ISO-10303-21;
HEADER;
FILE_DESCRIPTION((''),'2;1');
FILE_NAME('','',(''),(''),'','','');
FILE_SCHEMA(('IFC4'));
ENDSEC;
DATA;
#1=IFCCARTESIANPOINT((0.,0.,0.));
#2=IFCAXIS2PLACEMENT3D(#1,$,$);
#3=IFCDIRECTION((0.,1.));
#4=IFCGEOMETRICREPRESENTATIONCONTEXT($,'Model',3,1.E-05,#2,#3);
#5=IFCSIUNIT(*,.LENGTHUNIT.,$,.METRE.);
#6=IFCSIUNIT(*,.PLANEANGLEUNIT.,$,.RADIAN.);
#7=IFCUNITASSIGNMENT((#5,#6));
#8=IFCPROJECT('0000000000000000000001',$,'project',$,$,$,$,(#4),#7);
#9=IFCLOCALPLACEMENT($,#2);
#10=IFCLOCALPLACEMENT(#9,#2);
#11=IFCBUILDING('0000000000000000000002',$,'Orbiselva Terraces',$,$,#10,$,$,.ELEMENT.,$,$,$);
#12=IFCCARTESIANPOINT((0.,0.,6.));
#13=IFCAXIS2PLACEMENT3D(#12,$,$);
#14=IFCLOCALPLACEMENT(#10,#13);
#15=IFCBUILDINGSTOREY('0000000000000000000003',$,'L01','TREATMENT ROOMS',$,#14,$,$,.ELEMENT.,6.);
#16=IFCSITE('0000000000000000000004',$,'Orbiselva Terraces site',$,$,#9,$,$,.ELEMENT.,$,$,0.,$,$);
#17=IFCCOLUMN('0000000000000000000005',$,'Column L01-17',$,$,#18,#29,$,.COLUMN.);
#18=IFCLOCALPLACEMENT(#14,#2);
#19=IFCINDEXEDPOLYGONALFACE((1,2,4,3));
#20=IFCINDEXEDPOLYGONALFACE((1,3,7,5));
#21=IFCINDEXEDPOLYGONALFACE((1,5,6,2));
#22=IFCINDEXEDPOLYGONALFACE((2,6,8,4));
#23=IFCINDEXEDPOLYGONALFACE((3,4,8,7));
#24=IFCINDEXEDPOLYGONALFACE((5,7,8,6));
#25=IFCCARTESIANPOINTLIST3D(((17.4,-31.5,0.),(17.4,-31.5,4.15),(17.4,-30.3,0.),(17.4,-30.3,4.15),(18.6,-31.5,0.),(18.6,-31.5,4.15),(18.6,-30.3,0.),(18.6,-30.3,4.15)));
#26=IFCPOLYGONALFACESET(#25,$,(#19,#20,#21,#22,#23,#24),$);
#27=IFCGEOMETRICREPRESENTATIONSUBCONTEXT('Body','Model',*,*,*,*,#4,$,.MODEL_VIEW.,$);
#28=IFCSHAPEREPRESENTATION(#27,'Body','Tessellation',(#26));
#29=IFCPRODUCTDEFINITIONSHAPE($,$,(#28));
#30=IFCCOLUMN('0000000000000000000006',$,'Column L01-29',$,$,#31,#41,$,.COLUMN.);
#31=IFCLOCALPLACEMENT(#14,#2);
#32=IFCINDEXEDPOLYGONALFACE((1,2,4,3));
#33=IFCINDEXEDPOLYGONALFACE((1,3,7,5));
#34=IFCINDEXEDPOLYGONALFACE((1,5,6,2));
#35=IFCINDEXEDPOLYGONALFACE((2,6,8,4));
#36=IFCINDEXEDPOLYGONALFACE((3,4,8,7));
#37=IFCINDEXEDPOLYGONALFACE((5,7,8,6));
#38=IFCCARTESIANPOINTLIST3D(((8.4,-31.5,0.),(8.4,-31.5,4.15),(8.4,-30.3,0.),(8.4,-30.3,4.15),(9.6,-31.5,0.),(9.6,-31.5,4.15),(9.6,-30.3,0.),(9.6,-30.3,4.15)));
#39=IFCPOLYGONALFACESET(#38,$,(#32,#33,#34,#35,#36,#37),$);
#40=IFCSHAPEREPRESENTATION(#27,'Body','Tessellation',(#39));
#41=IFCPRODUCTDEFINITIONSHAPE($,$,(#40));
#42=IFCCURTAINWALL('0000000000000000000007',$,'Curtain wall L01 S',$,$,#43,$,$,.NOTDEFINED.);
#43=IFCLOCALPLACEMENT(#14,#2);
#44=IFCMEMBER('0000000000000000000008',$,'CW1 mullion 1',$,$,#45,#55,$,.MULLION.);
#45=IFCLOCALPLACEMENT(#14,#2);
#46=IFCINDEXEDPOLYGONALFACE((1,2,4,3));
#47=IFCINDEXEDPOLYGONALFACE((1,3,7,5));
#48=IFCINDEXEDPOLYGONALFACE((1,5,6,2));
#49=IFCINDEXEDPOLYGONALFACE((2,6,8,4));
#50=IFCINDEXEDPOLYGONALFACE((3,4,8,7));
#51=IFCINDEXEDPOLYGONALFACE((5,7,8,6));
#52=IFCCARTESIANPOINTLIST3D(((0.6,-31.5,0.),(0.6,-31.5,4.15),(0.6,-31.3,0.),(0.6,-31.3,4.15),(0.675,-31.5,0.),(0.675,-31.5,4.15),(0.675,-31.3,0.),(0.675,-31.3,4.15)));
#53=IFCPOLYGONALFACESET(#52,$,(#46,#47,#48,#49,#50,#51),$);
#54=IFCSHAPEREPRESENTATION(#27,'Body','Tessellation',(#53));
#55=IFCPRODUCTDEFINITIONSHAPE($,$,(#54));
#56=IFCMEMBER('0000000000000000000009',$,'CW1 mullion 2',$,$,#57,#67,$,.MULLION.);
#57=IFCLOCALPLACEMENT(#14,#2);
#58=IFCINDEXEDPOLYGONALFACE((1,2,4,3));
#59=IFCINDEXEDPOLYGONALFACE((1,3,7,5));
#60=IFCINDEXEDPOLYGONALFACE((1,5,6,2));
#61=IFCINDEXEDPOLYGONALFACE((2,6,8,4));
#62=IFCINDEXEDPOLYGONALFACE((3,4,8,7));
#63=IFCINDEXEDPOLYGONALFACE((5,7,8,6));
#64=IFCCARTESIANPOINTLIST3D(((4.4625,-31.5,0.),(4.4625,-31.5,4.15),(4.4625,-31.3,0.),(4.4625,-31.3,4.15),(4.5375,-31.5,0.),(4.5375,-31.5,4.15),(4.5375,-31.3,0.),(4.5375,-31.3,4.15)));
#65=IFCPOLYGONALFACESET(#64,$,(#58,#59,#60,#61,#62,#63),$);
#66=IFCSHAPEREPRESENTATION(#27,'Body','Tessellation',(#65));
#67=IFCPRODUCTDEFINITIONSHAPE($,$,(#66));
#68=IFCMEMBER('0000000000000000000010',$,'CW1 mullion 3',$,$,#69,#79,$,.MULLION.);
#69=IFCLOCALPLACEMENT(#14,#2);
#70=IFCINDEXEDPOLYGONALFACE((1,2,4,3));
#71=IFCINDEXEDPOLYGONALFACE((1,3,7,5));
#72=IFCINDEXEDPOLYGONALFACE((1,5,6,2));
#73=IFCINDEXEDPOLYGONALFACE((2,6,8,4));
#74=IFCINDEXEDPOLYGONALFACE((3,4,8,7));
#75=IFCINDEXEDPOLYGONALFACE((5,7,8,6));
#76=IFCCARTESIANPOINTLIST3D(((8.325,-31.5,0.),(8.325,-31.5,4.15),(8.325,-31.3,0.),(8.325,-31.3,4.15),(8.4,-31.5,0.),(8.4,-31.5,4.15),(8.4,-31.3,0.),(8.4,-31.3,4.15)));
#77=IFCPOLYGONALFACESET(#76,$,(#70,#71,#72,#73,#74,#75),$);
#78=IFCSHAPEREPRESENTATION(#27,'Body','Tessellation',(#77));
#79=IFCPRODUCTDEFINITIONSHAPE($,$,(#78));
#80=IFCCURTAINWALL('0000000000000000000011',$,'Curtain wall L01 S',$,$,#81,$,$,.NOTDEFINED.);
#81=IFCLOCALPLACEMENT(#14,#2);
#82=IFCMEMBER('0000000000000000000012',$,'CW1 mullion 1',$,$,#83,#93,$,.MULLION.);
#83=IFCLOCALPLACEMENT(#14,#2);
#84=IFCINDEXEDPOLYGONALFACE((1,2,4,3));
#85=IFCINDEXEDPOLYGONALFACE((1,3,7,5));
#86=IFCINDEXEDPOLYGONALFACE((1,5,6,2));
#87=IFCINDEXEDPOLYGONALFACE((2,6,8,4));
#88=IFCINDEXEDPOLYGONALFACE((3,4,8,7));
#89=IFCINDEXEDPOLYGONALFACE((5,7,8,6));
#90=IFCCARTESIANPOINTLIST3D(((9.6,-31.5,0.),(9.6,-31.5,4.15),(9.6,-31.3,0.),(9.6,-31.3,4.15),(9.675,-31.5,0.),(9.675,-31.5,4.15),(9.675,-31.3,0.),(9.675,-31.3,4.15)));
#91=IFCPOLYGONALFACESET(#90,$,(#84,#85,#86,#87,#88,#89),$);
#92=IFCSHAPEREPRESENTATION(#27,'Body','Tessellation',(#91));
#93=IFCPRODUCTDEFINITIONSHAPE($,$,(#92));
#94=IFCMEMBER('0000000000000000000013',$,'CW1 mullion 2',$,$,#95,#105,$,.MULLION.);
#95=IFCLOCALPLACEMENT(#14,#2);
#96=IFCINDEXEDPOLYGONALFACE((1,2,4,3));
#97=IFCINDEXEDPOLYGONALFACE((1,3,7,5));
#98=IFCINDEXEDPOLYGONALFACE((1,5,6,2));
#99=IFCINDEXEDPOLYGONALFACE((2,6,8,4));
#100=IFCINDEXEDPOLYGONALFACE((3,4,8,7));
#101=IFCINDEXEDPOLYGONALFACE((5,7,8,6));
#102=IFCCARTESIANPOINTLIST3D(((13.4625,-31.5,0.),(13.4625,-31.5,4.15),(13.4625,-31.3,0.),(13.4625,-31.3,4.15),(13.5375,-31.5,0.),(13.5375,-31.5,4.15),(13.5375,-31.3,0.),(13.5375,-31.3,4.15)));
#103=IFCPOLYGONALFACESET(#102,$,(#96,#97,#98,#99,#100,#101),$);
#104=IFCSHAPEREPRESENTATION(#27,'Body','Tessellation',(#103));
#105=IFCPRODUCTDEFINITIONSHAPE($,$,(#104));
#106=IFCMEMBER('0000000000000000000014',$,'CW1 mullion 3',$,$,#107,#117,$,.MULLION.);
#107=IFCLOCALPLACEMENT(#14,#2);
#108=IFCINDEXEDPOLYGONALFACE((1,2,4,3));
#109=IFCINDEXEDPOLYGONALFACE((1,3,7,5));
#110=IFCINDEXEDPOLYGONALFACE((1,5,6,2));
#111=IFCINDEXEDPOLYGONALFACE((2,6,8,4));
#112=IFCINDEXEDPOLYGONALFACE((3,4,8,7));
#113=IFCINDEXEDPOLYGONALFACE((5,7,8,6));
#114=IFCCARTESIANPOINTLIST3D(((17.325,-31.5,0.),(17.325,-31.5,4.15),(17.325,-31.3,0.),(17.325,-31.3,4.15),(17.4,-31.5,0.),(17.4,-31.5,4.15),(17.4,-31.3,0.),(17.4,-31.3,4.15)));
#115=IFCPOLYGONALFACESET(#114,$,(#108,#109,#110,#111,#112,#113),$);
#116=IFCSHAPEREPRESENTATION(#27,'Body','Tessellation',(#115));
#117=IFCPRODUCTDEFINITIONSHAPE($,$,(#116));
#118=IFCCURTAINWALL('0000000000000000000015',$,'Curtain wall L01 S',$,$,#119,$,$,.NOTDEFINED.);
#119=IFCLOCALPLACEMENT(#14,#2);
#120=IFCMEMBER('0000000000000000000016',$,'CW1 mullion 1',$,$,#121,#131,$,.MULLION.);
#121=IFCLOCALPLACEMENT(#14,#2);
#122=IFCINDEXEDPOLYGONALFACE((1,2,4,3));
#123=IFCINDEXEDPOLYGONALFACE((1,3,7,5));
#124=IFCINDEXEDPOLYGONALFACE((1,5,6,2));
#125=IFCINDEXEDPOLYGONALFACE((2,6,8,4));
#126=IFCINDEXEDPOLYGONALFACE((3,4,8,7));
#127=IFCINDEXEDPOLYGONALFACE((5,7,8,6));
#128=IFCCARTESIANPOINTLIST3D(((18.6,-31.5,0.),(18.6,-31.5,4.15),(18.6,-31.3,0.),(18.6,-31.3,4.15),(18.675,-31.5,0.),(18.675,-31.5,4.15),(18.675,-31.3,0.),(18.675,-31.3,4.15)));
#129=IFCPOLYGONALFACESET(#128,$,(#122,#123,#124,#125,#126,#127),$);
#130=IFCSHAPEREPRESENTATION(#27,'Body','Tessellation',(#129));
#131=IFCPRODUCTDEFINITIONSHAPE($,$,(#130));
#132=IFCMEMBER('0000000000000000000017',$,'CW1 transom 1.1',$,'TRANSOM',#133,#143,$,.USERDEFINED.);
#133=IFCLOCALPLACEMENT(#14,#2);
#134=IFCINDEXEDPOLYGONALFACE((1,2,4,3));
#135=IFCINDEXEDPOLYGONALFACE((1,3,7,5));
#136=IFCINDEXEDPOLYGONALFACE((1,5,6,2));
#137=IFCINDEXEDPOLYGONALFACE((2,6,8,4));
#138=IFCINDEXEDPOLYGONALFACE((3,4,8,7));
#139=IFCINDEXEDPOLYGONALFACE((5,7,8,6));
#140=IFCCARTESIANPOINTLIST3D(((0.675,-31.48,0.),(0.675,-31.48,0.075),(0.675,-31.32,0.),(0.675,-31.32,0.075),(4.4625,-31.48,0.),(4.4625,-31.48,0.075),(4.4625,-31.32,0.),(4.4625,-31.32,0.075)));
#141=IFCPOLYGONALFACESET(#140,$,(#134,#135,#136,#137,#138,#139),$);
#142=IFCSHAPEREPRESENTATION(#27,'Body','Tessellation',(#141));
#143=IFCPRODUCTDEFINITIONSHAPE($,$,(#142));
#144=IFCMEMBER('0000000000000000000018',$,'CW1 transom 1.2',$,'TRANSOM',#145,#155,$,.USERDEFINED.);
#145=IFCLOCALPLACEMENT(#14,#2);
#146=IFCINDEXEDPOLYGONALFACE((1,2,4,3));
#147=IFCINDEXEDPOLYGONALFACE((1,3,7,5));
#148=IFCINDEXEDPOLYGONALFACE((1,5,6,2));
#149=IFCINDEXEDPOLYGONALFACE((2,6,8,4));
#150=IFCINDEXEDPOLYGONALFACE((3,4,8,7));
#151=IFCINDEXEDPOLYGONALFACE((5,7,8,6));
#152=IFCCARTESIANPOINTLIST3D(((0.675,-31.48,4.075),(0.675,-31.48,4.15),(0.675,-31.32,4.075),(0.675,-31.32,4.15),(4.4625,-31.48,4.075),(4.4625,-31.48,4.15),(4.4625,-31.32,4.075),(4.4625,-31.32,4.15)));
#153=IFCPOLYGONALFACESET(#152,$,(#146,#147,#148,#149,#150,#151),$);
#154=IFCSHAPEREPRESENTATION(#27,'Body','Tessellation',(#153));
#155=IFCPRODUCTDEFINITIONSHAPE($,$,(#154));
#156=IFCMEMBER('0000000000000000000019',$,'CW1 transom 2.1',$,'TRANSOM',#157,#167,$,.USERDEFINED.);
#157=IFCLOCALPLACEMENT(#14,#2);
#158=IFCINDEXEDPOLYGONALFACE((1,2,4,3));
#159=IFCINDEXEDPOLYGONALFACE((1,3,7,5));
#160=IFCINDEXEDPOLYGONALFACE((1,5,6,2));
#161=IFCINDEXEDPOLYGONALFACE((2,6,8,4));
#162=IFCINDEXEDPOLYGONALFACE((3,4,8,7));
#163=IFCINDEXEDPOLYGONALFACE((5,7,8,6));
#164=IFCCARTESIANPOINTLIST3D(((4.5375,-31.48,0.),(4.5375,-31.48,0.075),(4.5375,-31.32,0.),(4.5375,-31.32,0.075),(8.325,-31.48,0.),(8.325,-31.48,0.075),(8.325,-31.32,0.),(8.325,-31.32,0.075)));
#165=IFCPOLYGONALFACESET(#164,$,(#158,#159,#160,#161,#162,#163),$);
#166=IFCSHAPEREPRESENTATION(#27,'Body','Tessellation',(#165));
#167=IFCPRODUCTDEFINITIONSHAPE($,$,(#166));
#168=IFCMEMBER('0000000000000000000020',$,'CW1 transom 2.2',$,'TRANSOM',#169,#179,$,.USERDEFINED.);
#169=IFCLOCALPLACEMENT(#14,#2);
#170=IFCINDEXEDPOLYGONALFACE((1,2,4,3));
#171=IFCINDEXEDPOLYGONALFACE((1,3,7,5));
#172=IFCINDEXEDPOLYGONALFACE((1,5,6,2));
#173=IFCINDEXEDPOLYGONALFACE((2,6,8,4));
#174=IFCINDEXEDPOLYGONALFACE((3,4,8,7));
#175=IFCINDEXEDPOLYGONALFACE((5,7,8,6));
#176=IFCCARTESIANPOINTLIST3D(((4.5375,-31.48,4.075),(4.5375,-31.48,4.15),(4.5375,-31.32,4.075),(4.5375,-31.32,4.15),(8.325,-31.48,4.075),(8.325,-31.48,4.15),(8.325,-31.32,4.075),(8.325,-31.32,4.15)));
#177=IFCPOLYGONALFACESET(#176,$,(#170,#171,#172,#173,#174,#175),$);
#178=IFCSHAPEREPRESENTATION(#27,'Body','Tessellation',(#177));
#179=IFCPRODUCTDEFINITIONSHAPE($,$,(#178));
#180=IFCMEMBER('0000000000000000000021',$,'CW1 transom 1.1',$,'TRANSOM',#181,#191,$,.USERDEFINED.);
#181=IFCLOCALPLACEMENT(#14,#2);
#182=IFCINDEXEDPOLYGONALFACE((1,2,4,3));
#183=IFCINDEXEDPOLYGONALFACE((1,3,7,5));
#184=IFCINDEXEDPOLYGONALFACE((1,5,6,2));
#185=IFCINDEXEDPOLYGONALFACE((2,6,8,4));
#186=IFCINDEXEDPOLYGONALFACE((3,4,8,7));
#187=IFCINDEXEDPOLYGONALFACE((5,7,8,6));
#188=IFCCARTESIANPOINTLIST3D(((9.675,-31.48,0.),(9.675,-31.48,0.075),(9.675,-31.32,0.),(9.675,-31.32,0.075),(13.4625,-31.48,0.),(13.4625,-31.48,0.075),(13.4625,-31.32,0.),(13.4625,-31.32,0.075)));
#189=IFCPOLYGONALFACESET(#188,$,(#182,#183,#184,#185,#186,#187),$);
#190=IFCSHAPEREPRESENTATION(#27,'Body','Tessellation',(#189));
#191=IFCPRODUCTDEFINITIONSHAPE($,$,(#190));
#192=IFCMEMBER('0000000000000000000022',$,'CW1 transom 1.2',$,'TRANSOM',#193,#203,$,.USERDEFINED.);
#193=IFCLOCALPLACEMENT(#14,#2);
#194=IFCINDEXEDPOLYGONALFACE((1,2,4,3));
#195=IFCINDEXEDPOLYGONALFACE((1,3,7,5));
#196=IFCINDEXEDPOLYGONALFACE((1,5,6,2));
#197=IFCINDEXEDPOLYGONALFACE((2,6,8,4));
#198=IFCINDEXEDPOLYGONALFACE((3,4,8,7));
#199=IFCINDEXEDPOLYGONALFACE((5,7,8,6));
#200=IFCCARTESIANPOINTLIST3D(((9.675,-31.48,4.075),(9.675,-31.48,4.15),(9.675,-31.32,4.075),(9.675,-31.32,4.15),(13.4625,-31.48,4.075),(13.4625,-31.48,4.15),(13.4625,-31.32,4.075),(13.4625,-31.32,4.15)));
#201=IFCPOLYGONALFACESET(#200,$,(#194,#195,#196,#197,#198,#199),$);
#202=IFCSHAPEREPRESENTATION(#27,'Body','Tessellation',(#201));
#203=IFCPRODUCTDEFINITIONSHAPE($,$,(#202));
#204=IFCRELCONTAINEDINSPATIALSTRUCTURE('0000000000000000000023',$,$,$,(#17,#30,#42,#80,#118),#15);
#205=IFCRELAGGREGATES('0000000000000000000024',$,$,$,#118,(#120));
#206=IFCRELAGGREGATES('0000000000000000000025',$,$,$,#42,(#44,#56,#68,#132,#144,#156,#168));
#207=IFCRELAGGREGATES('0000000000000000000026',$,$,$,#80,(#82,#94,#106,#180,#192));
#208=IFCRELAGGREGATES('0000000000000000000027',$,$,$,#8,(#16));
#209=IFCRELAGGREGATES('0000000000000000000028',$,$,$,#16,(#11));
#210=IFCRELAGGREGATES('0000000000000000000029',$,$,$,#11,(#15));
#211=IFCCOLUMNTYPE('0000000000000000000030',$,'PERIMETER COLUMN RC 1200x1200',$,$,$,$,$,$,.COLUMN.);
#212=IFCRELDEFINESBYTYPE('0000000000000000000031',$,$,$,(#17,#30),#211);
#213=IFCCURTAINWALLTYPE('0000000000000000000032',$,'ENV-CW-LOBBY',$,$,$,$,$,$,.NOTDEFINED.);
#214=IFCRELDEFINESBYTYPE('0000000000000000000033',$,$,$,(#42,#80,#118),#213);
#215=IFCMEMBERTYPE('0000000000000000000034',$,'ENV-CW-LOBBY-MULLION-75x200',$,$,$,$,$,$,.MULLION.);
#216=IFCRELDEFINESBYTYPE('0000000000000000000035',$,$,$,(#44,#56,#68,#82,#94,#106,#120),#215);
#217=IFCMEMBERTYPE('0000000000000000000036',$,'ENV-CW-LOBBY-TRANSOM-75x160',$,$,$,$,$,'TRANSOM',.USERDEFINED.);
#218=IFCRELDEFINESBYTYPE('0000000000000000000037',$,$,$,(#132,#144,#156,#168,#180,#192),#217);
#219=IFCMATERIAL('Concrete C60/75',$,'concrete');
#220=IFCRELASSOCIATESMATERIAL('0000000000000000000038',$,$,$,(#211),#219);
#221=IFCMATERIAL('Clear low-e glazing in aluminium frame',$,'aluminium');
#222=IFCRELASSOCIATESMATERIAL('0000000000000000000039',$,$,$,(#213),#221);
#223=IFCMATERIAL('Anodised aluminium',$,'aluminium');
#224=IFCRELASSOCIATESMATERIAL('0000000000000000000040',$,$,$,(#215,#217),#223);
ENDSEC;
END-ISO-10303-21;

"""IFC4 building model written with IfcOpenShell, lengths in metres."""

from ifc_helpers import new_model, si_unit, direction, frame, origin, origin_2d, place, context, subcontext, project, spatial, rectangle, extrude, material, material_profile, profile_set, type_object, element, aggregate, save


model = new_model("IFC4")

# Units and contexts
model_context = context("Model", 3, precision=1e-05, world=origin(), true_north=direction((0.0, 1.0)))
body_context = subcontext(model_context, "Body", "Model", "MODEL_VIEW")
ifc_project = project(units=[si_unit("LENGTHUNIT", "METRE"), si_unit("PLANEANGLEUNIT", "RADIAN")], contexts=[model_context])

# Site, building, storey
site_placement = place(None, origin())
site = spatial("IfcSite", under=ifc_project, at=site_placement, Name="Orbiselva Terraces site", CompositionType="ELEMENT", RefElevation=0.0)
building_placement = place(site_placement, origin())
building = spatial("IfcBuilding", under=site, at=building_placement, Name="Orbiselva Terraces", CompositionType="ELEMENT")
storey_placement = place(building_placement, frame((0.0, 0.0, 6.0)))
storey = spatial("IfcBuildingStorey", under=building, at=storey_placement, Name="L01", Description="TREATMENT ROOMS", CompositionType="ELEMENT", Elevation=6.0)

# Columns
ifc_material_1 = material(Name="Concrete C60/75", Category="concrete")
ifc_material_profile_1 = material_profile(ifc_material_1, rectangle(XDim=1.2, YDim=1.2, at=origin_2d()), Name="RC 1200x1200")
ifc_profile_set_1 = profile_set([ifc_material_profile_1], Name="Concrete C60/75")
column_type = type_object("IfcColumnType", Name="PERIMETER COLUMN RC 1200x1200", PredefinedType="COLUMN", material=ifc_profile_set_1)
for number, where, z_axis, x_axis, name in (
    (1, (18.0, -30.9, 0.0), (0.0, 0.0, 1.0), (1.0, 0.0, 0.0), "Column L01-17"),
    (2, (9.0, -30.9, 0.0), (0.0, 0.0, 1.0), (1.0, 0.0, 0.0), "Column L01-29"),
):
    element("IfcColumn", number, at=place(storey_placement, frame(where, z_axis=z_axis, x_axis=x_axis)), inside=storey, type_object=column_type, Name=name, PredefinedType="COLUMN", context=body_context, shape_type="SweptSolid", body=[
        extrude(rectangle(XDim=1.2, YDim=1.2, at=origin_2d()), origin(), (0.0, 0.0, 1.0), 4.15),
    ])

# Curtain walls, members
ifc_material_2 = material(Name="Clear low-e glazing in aluminium frame", Category="aluminium")
curtain_wall_type = type_object("IfcCurtainWallType", Name="ENV-CW-LOBBY", PredefinedType="NOTDEFINED", material=ifc_material_2)
curtain_wall_1_placement = place(storey_placement, origin())
curtain_wall_1 = element("IfcCurtainWall", 3, at=curtain_wall_1_placement, inside=storey, type_object=curtain_wall_type, Name="Curtain wall L01 S", PredefinedType="NOTDEFINED")
ifc_material_3 = material(Name="Anodised aluminium", Category="aluminium")
ifc_material_profile_2 = material_profile(ifc_material_3, rectangle(XDim=0.2, YDim=0.075, at=origin_2d()), Name="AL 75x200")
ifc_profile_set_2 = profile_set([ifc_material_profile_2], Name="Anodised aluminium")
member_type_1 = type_object("IfcMemberType", Name="ENV-CW-LOBBY-MULLION-75x200", PredefinedType="MULLION", material=ifc_profile_set_2)
member_1_placement = place(storey_placement, frame((0.6375, -31.4, 0.0), z_axis=(0.0, 0.0, 1.0), x_axis=(0.0, 1.0, 0.0)))
member_1 = element("IfcMember", 4, at=member_1_placement, type_object=member_type_1, Name="CW1 mullion 1", PredefinedType="MULLION", context=body_context, shape_type="SweptSolid", body=[
    extrude(rectangle(XDim=0.2, YDim=0.075, at=origin_2d()), origin(), (0.0, 0.0, 1.0), 4.15),
])
member_2_placement = place(storey_placement, frame((4.5, -31.4, 0.0), z_axis=(0.0, 0.0, 1.0), x_axis=(0.0, 1.0, 0.0)))
member_2 = element("IfcMember", 5, at=member_2_placement, type_object=member_type_1, Name="CW1 mullion 2", PredefinedType="MULLION", context=body_context, shape_type="SweptSolid", body=[
    extrude(rectangle(XDim=0.2, YDim=0.075, at=origin_2d()), origin(), (0.0, 0.0, 1.0), 4.15),
])
member_3_placement = place(storey_placement, frame((8.3625, -31.4, 0.0), z_axis=(0.0, 0.0, 1.0), x_axis=(0.0, 1.0, 0.0)))
member_3 = element("IfcMember", 6, at=member_3_placement, type_object=member_type_1, Name="CW1 mullion 3", PredefinedType="MULLION", context=body_context, shape_type="SweptSolid", body=[
    extrude(rectangle(XDim=0.2, YDim=0.075, at=origin_2d()), origin(), (0.0, 0.0, 1.0), 4.15),
])
curtain_wall_2_placement = place(storey_placement, origin())
curtain_wall_2 = element("IfcCurtainWall", 7, at=curtain_wall_2_placement, inside=storey, type_object=curtain_wall_type, Name="Curtain wall L01 S", PredefinedType="NOTDEFINED")
member_4_placement = place(storey_placement, frame((9.6375, -31.4, 0.0), z_axis=(0.0, 0.0, 1.0), x_axis=(0.0, 1.0, 0.0)))
member_4 = element("IfcMember", 8, at=member_4_placement, type_object=member_type_1, Name="CW1 mullion 1", PredefinedType="MULLION", context=body_context, shape_type="SweptSolid", body=[
    extrude(rectangle(XDim=0.2, YDim=0.075, at=origin_2d()), origin(), (0.0, 0.0, 1.0), 4.15),
])
member_5_placement = place(storey_placement, frame((13.5, -31.4, 0.0), z_axis=(0.0, 0.0, 1.0), x_axis=(0.0, 1.0, 0.0)))
member_5 = element("IfcMember", 9, at=member_5_placement, type_object=member_type_1, Name="CW1 mullion 2", PredefinedType="MULLION", context=body_context, shape_type="SweptSolid", body=[
    extrude(rectangle(XDim=0.2, YDim=0.075, at=origin_2d()), origin(), (0.0, 0.0, 1.0), 4.15),
])
member_6_placement = place(storey_placement, frame((17.3625, -31.4, 0.0), z_axis=(0.0, 0.0, 1.0), x_axis=(0.0, 1.0, 0.0)))
member_6 = element("IfcMember", 10, at=member_6_placement, type_object=member_type_1, Name="CW1 mullion 3", PredefinedType="MULLION", context=body_context, shape_type="SweptSolid", body=[
    extrude(rectangle(XDim=0.2, YDim=0.075, at=origin_2d()), origin(), (0.0, 0.0, 1.0), 4.15),
])

# Curtain wall, member
curtain_wall_3_placement = place(storey_placement, origin())
curtain_wall_3 = element("IfcCurtainWall", 11, at=curtain_wall_3_placement, inside=storey, type_object=curtain_wall_type, Name="Curtain wall L01 S", PredefinedType="NOTDEFINED")
member_7_placement = place(storey_placement, frame((18.6375, -31.4, 0.0), z_axis=(0.0, 0.0, 1.0), x_axis=(0.0, 1.0, 0.0)))
member_7 = element("IfcMember", 12, at=member_7_placement, type_object=member_type_1, Name="CW1 mullion 1", PredefinedType="MULLION", context=body_context, shape_type="SweptSolid", body=[
    extrude(rectangle(XDim=0.2, YDim=0.075, at=origin_2d()), origin(), (0.0, 0.0, 1.0), 4.15),
])

# Members
ifc_material_profile_3 = material_profile(ifc_material_3, rectangle(XDim=0.16, YDim=0.075, at=origin_2d()), Name="AL 75x160")
ifc_profile_set_3 = profile_set([ifc_material_profile_3], Name="Anodised aluminium")
member_type_2 = type_object("IfcMemberType", Name="ENV-CW-LOBBY-TRANSOM-75x160", ElementType="TRANSOM", PredefinedType="USERDEFINED", material=ifc_profile_set_3)
member_8_placement = place(storey_placement, frame((0.675, -31.4, 0.0375), z_axis=(1.0, 0.0, 0.0), x_axis=(0.0, 1.0, 0.0)))
member_8 = element("IfcMember", 13, at=member_8_placement, type_object=member_type_2, Name="CW1 transom 1.1", ObjectType="TRANSOM", PredefinedType="USERDEFINED", context=body_context, shape_type="SweptSolid", body=[
    extrude(rectangle(XDim=0.16, YDim=0.075, at=origin_2d()), origin(), (0.0, 0.0, 1.0), 3.7875),
])
member_9_placement = place(storey_placement, frame((0.675, -31.4, 4.1125), z_axis=(1.0, 0.0, 0.0), x_axis=(0.0, 1.0, 0.0)))
member_9 = element("IfcMember", 14, at=member_9_placement, type_object=member_type_2, Name="CW1 transom 1.2", ObjectType="TRANSOM", PredefinedType="USERDEFINED", context=body_context, shape_type="SweptSolid", body=[
    extrude(rectangle(XDim=0.16, YDim=0.075, at=origin_2d()), origin(), (0.0, 0.0, 1.0), 3.7875),
])
member_10_placement = place(storey_placement, frame((4.5375, -31.4, 0.0375), z_axis=(1.0, 0.0, 0.0), x_axis=(0.0, 1.0, 0.0)))
member_10 = element("IfcMember", 15, at=member_10_placement, type_object=member_type_2, Name="CW1 transom 2.1", ObjectType="TRANSOM", PredefinedType="USERDEFINED", context=body_context, shape_type="SweptSolid", body=[
    extrude(rectangle(XDim=0.16, YDim=0.075, at=origin_2d()), origin(), (0.0, 0.0, 1.0), 3.7875),
])
member_11_placement = place(storey_placement, frame((4.5375, -31.4, 4.1125), z_axis=(1.0, 0.0, 0.0), x_axis=(0.0, 1.0, 0.0)))
member_11 = element("IfcMember", 16, at=member_11_placement, type_object=member_type_2, Name="CW1 transom 2.2", ObjectType="TRANSOM", PredefinedType="USERDEFINED", context=body_context, shape_type="SweptSolid", body=[
    extrude(rectangle(XDim=0.16, YDim=0.075, at=origin_2d()), origin(), (0.0, 0.0, 1.0), 3.7875),
])
member_12_placement = place(storey_placement, frame((9.675, -31.4, 0.0375), z_axis=(1.0, 0.0, 0.0), x_axis=(0.0, 1.0, 0.0)))
member_12 = element("IfcMember", 17, at=member_12_placement, type_object=member_type_2, Name="CW1 transom 1.1", ObjectType="TRANSOM", PredefinedType="USERDEFINED", context=body_context, shape_type="SweptSolid", body=[
    extrude(rectangle(XDim=0.16, YDim=0.075, at=origin_2d()), origin(), (0.0, 0.0, 1.0), 3.7875),
])
member_13_placement = place(storey_placement, frame((9.675, -31.4, 4.1125), z_axis=(1.0, 0.0, 0.0), x_axis=(0.0, 1.0, 0.0)))
member_13 = element("IfcMember", 18, at=member_13_placement, type_object=member_type_2, Name="CW1 transom 1.2", ObjectType="TRANSOM", PredefinedType="USERDEFINED", context=body_context, shape_type="SweptSolid", body=[
    extrude(rectangle(XDim=0.16, YDim=0.075, at=origin_2d()), origin(), (0.0, 0.0, 1.0), 3.7875),
])
aggregate(curtain_wall_3, [member_7])

aggregate(curtain_wall_1, [member_1, member_2, member_3, member_8, member_9, member_10, member_11])
aggregate(curtain_wall_2, [member_4, member_5, member_6, member_12, member_13])

save(model, "model.ifc")
